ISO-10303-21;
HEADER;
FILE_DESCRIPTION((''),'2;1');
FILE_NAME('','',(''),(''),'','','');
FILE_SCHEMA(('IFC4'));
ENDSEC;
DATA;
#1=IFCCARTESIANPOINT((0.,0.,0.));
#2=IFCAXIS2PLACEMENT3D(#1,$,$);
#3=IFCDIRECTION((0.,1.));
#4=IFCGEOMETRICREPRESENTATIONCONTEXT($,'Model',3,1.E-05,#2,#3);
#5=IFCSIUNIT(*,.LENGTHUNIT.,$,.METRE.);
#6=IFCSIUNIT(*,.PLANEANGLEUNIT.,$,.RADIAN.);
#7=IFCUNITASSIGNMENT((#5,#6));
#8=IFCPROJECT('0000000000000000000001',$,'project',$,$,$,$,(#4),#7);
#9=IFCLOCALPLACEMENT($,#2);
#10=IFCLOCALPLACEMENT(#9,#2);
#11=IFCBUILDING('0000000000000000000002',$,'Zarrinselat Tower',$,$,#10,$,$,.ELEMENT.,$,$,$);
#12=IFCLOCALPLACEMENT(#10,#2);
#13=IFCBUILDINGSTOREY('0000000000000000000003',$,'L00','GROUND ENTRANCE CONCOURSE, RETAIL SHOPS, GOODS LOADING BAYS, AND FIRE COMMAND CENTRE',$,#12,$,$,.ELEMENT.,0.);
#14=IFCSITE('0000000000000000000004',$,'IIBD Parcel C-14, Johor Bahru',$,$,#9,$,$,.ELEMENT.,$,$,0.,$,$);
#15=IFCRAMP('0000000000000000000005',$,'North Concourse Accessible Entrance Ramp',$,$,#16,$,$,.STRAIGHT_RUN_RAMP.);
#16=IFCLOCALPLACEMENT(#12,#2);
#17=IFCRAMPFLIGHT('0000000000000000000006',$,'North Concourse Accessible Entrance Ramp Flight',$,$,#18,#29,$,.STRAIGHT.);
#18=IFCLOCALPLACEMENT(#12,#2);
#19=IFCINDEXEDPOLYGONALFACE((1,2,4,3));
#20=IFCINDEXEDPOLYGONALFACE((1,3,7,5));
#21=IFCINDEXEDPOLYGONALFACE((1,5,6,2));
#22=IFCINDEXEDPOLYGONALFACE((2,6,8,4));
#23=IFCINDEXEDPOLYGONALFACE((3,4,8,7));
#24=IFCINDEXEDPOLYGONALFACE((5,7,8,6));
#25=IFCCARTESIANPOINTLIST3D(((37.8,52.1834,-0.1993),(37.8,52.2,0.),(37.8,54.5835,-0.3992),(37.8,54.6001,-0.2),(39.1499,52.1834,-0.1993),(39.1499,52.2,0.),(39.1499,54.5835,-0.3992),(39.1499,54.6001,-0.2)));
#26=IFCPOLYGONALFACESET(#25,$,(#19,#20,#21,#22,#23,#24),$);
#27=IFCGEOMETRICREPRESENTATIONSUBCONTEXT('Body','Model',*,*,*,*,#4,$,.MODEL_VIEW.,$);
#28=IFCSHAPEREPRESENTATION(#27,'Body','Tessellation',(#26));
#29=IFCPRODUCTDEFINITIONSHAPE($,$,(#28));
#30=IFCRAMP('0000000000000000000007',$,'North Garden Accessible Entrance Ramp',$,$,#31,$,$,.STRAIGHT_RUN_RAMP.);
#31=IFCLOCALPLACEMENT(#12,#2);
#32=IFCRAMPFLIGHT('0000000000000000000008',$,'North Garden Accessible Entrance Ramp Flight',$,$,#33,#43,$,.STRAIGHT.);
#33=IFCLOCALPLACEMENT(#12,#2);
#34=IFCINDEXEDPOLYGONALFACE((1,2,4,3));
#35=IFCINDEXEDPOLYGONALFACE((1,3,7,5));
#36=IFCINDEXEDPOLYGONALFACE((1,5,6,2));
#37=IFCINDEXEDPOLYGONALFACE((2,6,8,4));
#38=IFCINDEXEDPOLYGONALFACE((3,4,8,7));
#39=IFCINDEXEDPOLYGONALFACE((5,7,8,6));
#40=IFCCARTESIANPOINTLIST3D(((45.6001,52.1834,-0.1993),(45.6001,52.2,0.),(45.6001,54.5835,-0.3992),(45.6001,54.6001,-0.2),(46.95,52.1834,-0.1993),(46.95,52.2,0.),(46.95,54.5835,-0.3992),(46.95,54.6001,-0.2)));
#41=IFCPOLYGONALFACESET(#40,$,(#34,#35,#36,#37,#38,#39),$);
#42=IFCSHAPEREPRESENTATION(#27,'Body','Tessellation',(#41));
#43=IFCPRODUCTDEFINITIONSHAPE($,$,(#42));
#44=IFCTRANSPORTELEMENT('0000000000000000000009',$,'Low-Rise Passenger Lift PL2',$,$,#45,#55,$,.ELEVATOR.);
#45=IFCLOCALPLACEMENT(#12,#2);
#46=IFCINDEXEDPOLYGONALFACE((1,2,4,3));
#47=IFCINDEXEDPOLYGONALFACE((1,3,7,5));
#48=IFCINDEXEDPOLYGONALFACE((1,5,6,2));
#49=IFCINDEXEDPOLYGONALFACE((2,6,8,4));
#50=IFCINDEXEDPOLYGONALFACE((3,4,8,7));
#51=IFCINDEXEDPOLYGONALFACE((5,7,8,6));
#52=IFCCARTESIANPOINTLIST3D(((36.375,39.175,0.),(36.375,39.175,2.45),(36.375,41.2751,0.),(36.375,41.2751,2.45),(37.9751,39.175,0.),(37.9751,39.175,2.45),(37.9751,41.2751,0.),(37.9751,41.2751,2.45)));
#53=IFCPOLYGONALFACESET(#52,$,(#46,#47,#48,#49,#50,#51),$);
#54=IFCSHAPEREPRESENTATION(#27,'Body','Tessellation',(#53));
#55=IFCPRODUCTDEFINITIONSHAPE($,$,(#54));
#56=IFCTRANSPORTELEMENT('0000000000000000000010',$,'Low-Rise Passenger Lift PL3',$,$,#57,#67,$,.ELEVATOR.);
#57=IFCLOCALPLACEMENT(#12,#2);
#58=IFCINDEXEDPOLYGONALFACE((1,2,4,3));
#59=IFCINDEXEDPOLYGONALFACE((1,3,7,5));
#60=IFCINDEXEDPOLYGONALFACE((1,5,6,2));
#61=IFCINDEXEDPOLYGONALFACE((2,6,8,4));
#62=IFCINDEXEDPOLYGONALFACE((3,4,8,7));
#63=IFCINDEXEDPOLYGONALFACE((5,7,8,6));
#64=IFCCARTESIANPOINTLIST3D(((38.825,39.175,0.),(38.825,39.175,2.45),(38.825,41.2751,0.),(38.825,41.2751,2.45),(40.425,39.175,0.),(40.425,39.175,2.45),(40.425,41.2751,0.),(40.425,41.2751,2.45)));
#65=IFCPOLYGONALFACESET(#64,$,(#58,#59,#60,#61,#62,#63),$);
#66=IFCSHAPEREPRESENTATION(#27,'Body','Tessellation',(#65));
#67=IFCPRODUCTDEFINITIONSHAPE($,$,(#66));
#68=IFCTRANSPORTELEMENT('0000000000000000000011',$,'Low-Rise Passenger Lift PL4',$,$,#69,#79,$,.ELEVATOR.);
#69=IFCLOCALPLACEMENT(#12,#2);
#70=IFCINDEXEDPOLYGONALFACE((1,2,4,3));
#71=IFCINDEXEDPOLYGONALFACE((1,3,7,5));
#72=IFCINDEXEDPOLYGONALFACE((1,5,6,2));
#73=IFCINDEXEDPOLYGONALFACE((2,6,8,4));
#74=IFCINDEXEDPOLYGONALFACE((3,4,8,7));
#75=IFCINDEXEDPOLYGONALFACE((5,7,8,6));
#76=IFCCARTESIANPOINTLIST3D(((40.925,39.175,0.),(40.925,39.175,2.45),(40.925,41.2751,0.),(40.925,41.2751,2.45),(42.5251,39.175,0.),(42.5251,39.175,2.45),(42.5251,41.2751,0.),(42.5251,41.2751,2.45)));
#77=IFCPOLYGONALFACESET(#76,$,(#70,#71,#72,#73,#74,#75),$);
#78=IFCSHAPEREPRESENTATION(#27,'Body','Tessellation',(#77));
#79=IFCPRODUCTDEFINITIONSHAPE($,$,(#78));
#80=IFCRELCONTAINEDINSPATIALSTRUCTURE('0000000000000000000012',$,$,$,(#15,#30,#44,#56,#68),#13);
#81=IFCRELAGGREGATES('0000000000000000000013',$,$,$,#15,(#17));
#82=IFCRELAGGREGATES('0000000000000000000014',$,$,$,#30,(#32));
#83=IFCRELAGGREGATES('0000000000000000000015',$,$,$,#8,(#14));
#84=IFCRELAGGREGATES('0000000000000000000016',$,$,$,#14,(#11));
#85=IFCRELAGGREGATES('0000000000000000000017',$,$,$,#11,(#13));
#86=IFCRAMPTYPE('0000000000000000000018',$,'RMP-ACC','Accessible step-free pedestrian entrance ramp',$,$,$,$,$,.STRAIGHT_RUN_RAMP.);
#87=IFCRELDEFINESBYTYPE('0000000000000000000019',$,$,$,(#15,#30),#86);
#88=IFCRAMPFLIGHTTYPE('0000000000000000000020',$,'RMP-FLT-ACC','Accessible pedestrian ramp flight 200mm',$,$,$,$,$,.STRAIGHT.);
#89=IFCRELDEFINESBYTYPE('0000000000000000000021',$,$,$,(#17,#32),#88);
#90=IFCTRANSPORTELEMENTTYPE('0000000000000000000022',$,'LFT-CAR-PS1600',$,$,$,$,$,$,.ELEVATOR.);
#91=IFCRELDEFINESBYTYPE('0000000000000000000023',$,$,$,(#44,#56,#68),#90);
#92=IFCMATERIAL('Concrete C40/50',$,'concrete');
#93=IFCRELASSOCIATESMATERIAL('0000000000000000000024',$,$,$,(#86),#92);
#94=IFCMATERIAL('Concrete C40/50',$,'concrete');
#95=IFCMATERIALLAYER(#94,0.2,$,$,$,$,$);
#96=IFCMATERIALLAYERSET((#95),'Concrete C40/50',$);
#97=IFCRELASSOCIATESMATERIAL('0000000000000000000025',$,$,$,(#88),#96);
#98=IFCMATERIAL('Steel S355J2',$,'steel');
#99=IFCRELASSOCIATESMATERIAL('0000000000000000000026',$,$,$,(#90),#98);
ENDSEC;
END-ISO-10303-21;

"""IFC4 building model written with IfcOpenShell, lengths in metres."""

from ifc_helpers import new_model, si_unit, direction, frame, origin, origin_2d, place, context, subcontext, project, spatial, polyline, rectangle, outline, extrude, material, layer, layer_set, type_object, element, aggregate, save


model = new_model("IFC4")

# Units and contexts
model_context = context("Model", 3, precision=1e-05, world=origin(), true_north=direction((0.0, 1.0)))
body_context = subcontext(model_context, "Body", "Model", "MODEL_VIEW")
ifc_project = project(units=[si_unit("LENGTHUNIT", "METRE"), si_unit("PLANEANGLEUNIT", "RADIAN")], contexts=[model_context])

# Site, building, storey
site_placement = place(None, origin())
site = spatial("IfcSite", under=ifc_project, at=site_placement, Name="IIBD Parcel C-14, Johor Bahru", CompositionType="ELEMENT", RefElevation=0.0)
building_placement = place(site_placement, origin())
building = spatial("IfcBuilding", under=site, at=building_placement, Name="Zarrinselat Tower", CompositionType="ELEMENT")
storey_placement = place(building_placement, origin())
storey = spatial("IfcBuildingStorey", under=building, at=storey_placement, Name="L00", Description="GROUND ENTRANCE CONCOURSE, RETAIL SHOPS, GOODS LOADING BAYS, AND FIRE COMMAND CENTRE", CompositionType="ELEMENT", Elevation=0.0)

# Ramps, ramp flights
ifc_material_1 = material(Name="Concrete C40/50", Category="concrete")
ramp_type = type_object("IfcRampType", Name="RMP-ACC", Description="Accessible step-free pedestrian entrance ramp", PredefinedType="STRAIGHT_RUN_RAMP", material=ifc_material_1)
ramp_1_placement = place(storey_placement, origin())
ramp_1 = element("IfcRamp", 1, at=ramp_1_placement, inside=storey, type_object=ramp_type, Name="North Concourse Accessible Entrance Ramp", PredefinedType="STRAIGHT_RUN_RAMP")
ifc_material_2 = material(Name="Concrete C40/50", Category="concrete")
ifc_layer_1 = layer(ifc_material_2, 0.2)
ifc_layer_set_1 = layer_set([ifc_layer_1], Name="Concrete C40/50")
ramp_flight_type = type_object("IfcRampFlightType", Name="RMP-FLT-ACC", Description="Accessible pedestrian ramp flight 200mm", PredefinedType="STRAIGHT", material=ifc_layer_set_1)
ramp_flight_1_placement = place(storey_placement, frame((37.8, 54.6001, -0.2), z_axis=(0.0, 0.08302, 0.996548), x_axis=(1.0, 0.0, 0.0)))
ramp_flight_1 = element("IfcRampFlight", 2, at=ramp_flight_1_placement, type_object=ramp_flight_type, Name="North Concourse Accessible Entrance Ramp Flight", PredefinedType="STRAIGHT", context=body_context, shape_type="SweptSolid", body=[
    extrude(outline(polyline([(0.0, 0.0), (1.3499, 0.0), (1.3499, -2.4085), (0.0, -2.4085), (0.0, 0.0)])), origin(), (0.0, 0.0, -1.0), 0.2),
])
aggregate(ramp_1, [ramp_flight_1])
ramp_2_placement = place(storey_placement, origin())
ramp_2 = element("IfcRamp", 3, at=ramp_2_placement, inside=storey, type_object=ramp_type, Name="North Garden Accessible Entrance Ramp", PredefinedType="STRAIGHT_RUN_RAMP")
ramp_flight_2_placement = place(storey_placement, frame((45.6001, 54.6001, -0.2), z_axis=(0.0, 0.08302, 0.996548), x_axis=(1.0, 0.0, 0.0)))
ramp_flight_2 = element("IfcRampFlight", 4, at=ramp_flight_2_placement, type_object=ramp_flight_type, Name="North Garden Accessible Entrance Ramp Flight", PredefinedType="STRAIGHT", context=body_context, shape_type="SweptSolid", body=[
    extrude(outline(polyline([(0.0, 0.0), (1.3499, 0.0), (1.3499, -2.4085), (0.0, -2.4085), (0.0, 0.0)])), origin(), (0.0, 0.0, -1.0), 0.2),
])
aggregate(ramp_2, [ramp_flight_2])

# Transport elements
ifc_material_3 = material(Name="Steel S355J2", Category="steel")
transport_element_type = type_object("IfcTransportElementType", Name="LFT-CAR-PS1600", PredefinedType="ELEVATOR", material=ifc_material_3)
for number, where, z_axis, x_axis, name in (
    (5, (37.175, 40.2251, 0.0), (0.0, 0.0, 1.0), (1.0, 0.0, 0.0), "Low-Rise Passenger Lift PL2"),
    (6, (39.625, 40.2251, 0.0), (0.0, 0.0, 1.0), (1.0, 0.0, 0.0), "Low-Rise Passenger Lift PL3"),
    (7, (41.7251, 40.2251, 0.0), (0.0, 0.0, 1.0), (1.0, 0.0, 0.0), "Low-Rise Passenger Lift PL4"),
):
    element("IfcTransportElement", number, at=place(storey_placement, frame(where, z_axis=z_axis, x_axis=x_axis)), inside=storey, type_object=transport_element_type, Name=name, PredefinedType="ELEVATOR", context=body_context, shape_type="SweptSolid", body=[
        extrude(rectangle(XDim=1.6001, YDim=2.1001, at=origin_2d()), origin(), (0.0, 0.0, 1.0), 2.45),
    ])

save(model, "model.ifc")
